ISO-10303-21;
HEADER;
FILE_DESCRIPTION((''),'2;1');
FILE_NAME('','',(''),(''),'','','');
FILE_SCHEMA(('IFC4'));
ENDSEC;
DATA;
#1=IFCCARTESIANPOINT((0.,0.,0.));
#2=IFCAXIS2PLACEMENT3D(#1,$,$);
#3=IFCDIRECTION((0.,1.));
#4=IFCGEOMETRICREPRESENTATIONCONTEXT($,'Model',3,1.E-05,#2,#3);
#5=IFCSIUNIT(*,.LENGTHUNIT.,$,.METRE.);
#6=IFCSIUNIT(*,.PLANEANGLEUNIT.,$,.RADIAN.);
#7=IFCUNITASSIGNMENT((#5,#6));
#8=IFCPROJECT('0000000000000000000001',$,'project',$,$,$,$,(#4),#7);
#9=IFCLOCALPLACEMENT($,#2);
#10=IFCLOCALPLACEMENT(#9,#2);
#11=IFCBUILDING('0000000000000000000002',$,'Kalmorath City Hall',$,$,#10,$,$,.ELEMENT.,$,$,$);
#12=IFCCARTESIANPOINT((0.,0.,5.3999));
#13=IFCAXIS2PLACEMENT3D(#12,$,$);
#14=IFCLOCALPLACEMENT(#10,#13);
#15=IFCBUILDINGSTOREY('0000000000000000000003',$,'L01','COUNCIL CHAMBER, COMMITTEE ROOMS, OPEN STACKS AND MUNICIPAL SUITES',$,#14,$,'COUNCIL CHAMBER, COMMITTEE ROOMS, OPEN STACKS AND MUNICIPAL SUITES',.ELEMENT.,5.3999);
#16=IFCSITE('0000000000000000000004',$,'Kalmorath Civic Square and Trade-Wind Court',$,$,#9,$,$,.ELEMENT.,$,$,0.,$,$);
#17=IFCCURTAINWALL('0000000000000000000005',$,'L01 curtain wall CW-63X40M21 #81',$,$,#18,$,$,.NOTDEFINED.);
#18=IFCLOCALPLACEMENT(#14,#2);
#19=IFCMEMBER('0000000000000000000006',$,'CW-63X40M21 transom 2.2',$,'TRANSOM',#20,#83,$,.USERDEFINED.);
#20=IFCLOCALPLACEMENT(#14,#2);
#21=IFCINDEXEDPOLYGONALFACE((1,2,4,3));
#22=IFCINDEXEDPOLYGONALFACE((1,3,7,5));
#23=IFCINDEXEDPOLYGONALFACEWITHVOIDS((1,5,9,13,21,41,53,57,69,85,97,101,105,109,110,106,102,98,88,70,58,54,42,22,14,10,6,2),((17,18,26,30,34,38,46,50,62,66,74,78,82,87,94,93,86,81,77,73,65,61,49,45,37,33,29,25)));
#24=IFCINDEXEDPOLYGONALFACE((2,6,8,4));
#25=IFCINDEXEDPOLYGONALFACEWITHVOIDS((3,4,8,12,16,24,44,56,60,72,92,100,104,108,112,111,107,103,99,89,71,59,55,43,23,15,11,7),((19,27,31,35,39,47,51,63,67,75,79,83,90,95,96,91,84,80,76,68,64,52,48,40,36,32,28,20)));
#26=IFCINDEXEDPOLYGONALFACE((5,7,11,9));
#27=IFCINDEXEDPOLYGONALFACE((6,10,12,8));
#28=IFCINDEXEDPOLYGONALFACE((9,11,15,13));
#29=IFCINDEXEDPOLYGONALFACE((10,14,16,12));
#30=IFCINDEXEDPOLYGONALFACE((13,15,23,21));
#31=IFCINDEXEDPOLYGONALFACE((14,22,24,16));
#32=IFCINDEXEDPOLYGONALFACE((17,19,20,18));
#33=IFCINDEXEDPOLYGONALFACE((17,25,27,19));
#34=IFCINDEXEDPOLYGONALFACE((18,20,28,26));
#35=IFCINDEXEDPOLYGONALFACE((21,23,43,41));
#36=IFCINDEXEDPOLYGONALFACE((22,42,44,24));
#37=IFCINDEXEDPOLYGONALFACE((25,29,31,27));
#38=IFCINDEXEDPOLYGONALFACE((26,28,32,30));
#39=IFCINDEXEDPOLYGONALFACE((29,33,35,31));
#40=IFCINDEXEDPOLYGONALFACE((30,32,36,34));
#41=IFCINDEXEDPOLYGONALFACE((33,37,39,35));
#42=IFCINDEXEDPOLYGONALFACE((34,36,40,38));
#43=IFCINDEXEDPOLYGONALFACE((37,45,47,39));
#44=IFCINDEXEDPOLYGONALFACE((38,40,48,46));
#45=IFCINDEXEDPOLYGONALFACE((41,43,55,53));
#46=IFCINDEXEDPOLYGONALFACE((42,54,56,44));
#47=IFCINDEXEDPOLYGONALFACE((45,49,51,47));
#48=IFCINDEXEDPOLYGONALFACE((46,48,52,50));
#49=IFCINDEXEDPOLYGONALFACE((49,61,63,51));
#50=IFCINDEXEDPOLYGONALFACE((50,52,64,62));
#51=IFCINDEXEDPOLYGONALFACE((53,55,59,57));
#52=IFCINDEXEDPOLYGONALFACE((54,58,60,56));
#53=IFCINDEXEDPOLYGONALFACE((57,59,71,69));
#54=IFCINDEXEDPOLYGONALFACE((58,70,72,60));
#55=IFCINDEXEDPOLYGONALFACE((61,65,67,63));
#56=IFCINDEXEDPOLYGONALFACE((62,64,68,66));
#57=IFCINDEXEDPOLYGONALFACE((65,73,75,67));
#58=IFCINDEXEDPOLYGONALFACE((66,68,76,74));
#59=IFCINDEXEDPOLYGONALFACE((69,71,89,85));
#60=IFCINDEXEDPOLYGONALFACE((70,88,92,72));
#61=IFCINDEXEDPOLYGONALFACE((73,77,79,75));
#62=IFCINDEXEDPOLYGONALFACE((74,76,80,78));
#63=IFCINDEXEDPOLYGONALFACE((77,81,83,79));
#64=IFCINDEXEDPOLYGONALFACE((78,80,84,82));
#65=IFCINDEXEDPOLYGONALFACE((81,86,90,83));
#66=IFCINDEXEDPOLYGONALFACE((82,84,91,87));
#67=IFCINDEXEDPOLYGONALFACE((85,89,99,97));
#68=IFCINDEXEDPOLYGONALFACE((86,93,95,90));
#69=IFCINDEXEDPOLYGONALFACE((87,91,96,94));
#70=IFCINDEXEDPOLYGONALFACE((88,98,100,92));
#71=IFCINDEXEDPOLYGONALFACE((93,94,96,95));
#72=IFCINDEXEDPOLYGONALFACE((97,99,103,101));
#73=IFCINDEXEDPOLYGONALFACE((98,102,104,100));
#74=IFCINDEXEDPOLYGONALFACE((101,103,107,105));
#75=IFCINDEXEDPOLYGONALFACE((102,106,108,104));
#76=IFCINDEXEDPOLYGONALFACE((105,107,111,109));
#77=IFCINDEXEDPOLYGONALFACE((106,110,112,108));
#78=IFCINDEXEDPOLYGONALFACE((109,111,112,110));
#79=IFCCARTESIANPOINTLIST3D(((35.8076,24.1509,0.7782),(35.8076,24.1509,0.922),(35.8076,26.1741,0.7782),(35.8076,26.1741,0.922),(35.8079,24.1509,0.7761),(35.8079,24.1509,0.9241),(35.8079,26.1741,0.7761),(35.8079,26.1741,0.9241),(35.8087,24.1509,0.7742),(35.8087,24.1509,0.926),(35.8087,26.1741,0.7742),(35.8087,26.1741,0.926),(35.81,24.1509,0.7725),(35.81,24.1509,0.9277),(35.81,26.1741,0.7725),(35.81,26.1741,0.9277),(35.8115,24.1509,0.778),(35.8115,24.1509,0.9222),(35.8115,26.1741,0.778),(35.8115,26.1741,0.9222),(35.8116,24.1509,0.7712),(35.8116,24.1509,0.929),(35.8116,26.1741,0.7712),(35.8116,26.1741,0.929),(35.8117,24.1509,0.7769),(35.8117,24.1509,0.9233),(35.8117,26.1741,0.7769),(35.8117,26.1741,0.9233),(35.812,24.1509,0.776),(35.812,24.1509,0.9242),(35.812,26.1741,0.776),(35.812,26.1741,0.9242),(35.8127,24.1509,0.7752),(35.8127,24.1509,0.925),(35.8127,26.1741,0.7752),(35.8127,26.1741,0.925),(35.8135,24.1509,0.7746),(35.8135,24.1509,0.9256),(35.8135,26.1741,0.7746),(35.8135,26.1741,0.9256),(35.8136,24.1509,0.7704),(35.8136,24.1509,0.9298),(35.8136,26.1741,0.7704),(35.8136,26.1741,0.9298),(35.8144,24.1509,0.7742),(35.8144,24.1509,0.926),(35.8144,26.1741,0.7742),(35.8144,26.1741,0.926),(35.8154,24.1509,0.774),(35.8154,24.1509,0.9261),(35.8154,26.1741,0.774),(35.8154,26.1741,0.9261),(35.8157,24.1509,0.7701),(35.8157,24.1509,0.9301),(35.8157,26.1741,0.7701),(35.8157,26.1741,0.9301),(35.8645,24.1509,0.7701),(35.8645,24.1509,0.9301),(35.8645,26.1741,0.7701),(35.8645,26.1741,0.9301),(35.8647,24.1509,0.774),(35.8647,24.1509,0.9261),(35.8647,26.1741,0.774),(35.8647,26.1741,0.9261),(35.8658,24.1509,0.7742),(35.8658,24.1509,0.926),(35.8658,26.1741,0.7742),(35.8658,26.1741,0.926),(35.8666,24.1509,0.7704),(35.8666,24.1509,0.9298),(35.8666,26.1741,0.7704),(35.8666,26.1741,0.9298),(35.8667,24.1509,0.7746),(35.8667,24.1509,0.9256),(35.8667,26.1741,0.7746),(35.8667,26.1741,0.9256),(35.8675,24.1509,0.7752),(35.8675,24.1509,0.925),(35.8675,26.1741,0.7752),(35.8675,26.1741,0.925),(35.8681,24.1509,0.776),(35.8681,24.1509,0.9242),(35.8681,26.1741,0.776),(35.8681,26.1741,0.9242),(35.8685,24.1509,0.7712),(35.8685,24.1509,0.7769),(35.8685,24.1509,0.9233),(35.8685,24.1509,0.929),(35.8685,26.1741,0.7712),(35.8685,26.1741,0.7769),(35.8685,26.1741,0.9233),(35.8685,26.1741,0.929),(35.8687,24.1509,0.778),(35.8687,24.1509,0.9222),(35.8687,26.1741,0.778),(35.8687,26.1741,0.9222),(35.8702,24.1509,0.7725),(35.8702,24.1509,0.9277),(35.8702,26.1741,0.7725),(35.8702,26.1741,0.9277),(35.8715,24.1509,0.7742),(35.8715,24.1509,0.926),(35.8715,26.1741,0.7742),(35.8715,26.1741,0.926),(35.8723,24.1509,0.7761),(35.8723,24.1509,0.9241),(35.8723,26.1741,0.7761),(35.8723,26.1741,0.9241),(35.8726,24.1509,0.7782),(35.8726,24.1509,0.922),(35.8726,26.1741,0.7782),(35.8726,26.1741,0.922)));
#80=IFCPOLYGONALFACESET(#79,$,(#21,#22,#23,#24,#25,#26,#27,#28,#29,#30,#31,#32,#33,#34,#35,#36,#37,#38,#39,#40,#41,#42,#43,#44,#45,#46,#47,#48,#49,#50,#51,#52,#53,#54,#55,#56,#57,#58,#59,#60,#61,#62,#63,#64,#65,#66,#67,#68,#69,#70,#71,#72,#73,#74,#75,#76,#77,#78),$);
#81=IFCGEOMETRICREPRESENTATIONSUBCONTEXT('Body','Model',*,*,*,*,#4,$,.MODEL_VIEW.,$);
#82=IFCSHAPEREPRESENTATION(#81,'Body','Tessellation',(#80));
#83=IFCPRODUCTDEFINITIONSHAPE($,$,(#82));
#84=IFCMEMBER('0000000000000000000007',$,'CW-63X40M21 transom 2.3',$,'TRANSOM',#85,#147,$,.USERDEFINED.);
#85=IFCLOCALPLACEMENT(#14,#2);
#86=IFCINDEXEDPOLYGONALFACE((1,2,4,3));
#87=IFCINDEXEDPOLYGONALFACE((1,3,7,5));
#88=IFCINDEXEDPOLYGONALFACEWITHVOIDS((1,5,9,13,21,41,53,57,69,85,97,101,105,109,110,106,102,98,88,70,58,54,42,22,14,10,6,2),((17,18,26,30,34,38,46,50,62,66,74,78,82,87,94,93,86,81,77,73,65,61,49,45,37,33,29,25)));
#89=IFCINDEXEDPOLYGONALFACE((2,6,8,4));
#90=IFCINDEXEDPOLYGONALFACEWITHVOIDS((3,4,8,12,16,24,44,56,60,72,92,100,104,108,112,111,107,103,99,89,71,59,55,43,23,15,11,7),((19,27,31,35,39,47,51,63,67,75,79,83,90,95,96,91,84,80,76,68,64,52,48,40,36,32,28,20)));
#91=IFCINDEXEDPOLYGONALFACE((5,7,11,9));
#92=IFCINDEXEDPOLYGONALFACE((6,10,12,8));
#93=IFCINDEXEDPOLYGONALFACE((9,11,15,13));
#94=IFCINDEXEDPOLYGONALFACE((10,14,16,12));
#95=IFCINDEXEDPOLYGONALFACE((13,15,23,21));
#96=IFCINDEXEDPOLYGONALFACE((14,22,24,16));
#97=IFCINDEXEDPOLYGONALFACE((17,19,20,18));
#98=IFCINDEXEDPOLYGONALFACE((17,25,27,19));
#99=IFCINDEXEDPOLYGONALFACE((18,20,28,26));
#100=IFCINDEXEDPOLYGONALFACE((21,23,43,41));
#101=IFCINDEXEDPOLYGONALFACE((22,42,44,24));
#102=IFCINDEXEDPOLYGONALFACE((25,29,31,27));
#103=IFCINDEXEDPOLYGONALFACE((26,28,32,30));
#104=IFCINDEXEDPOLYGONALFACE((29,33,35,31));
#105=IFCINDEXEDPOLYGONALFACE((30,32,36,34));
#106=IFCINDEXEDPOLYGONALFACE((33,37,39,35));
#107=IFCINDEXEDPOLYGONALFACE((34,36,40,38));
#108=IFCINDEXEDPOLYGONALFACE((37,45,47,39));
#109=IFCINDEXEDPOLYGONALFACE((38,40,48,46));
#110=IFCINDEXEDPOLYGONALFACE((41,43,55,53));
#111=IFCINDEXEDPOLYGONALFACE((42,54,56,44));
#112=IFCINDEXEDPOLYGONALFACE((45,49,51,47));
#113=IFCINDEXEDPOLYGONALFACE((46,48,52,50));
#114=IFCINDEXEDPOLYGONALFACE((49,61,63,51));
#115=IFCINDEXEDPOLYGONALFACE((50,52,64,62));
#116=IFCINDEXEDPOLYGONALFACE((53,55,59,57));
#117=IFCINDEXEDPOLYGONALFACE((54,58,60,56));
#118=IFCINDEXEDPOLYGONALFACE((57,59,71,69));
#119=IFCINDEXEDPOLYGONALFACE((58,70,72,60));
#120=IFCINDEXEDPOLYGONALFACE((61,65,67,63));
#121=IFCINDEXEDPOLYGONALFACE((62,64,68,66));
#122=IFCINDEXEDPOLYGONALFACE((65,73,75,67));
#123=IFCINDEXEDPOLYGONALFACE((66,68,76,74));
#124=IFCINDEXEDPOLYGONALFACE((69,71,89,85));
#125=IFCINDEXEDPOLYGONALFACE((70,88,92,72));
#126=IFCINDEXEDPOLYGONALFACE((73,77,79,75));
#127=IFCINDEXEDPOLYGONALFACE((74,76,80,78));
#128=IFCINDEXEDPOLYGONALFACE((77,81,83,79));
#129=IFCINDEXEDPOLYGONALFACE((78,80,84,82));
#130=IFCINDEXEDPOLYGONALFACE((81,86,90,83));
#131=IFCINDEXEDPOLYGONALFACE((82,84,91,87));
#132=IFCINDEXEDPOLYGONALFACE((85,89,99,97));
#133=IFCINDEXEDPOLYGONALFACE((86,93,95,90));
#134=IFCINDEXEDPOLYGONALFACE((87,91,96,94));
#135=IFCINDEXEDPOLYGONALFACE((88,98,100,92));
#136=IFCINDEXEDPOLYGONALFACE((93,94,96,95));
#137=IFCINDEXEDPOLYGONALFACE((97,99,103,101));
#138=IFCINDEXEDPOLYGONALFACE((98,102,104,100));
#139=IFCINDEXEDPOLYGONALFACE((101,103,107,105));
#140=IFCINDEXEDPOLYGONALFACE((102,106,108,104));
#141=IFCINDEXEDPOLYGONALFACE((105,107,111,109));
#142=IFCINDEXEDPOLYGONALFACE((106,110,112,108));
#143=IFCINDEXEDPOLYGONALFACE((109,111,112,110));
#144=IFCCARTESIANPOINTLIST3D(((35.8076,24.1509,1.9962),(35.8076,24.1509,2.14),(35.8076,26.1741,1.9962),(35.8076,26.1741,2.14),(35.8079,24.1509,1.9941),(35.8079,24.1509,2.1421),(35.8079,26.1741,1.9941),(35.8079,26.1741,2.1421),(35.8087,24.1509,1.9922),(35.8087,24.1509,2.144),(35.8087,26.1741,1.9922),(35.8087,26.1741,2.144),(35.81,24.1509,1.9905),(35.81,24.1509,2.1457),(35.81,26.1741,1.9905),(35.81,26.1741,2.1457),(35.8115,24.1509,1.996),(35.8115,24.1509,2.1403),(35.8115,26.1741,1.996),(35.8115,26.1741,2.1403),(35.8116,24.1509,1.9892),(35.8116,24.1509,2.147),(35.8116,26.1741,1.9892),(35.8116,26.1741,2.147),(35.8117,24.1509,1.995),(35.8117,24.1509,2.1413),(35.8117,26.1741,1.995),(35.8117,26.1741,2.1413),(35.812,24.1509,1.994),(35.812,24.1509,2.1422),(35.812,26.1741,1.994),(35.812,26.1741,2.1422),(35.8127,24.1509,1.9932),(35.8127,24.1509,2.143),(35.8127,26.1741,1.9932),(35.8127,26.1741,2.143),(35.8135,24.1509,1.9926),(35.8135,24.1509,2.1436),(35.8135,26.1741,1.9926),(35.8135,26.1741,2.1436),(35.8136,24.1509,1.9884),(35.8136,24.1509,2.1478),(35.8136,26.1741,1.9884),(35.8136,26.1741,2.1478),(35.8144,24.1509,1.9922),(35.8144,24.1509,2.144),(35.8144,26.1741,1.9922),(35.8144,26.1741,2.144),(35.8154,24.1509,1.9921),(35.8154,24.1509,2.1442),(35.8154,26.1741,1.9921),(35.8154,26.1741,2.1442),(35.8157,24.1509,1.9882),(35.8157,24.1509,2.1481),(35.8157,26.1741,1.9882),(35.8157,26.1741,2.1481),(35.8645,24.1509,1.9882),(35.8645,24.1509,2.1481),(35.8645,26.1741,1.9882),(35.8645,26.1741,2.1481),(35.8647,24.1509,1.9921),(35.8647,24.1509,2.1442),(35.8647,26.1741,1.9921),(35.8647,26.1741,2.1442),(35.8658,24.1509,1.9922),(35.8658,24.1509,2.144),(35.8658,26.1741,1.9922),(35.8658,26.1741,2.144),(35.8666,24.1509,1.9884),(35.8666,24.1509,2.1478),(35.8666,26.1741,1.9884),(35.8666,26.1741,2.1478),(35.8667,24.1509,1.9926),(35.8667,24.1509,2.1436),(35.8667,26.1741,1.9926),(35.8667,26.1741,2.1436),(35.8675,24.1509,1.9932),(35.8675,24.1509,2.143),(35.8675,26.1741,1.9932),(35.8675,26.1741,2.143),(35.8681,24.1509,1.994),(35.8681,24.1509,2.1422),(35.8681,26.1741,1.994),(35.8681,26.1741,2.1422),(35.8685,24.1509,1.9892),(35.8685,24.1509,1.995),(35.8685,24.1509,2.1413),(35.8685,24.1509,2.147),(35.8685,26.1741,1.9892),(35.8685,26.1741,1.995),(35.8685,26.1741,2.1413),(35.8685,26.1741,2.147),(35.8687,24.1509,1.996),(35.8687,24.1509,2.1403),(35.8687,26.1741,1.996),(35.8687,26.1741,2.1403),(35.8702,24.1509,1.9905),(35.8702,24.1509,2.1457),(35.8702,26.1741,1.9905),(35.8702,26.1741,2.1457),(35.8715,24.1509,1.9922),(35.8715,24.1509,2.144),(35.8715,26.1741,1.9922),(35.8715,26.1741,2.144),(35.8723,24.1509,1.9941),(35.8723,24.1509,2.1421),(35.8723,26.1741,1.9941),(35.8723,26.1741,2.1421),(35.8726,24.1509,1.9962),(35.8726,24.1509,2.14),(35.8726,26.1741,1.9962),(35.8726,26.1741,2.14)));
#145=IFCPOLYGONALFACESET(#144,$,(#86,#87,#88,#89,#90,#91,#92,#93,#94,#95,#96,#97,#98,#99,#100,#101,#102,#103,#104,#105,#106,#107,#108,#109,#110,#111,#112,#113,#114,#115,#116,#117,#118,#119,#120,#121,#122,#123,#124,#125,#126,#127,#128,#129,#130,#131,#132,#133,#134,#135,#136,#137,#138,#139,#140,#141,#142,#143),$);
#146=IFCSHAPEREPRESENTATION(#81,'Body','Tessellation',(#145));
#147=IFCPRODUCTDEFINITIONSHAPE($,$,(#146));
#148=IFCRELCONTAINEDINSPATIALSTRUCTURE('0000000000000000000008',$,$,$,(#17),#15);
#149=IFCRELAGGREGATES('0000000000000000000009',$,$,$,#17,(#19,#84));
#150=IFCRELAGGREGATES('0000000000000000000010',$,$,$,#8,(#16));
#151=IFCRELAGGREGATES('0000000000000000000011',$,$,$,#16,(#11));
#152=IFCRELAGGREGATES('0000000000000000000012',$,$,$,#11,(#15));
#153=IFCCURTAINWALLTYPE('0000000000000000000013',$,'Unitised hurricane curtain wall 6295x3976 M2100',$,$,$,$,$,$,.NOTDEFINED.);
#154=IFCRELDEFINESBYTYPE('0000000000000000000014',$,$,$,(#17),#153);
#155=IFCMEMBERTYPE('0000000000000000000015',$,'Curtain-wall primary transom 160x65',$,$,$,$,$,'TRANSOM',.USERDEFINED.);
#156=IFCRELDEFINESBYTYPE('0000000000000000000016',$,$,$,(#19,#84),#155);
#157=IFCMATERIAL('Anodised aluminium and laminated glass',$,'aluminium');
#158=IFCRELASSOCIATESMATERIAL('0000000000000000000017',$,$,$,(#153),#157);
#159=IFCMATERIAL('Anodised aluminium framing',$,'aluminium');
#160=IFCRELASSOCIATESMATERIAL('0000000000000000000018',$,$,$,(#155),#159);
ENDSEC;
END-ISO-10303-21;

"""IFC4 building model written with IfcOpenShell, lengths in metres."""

from ifc_helpers import new_model, si_unit, direction, frame, origin, origin_2d, place, context, subcontext, project, spatial, hollow_rectangle, extrude, material, material_profile, profile_set, type_object, element, aggregate, save


model = new_model("IFC4")

# Units and contexts
model_context = context("Model", 3, precision=1e-05, world=origin(), true_north=direction((0.0, 1.0)))
body_context = subcontext(model_context, "Body", "Model", "MODEL_VIEW")
ifc_project = project(units=[si_unit("LENGTHUNIT", "METRE"), si_unit("PLANEANGLEUNIT", "RADIAN")], contexts=[model_context])

# Site, building, storey
site_placement = place(None, origin())
site = spatial("IfcSite", under=ifc_project, at=site_placement, Name="Kalmorath Civic Square and Trade-Wind Court", CompositionType="ELEMENT", RefElevation=0.0)
building_placement = place(site_placement, origin())
building = spatial("IfcBuilding", under=site, at=building_placement, Name="Kalmorath City Hall", CompositionType="ELEMENT")
storey_placement = place(building_placement, frame((0.0, 0.0, 5.3999)))
storey = spatial("IfcBuildingStorey", under=building, at=storey_placement, Name="L01", Description="COUNCIL CHAMBER, COMMITTEE ROOMS, OPEN STACKS AND MUNICIPAL SUITES", LongName="COUNCIL CHAMBER, COMMITTEE ROOMS, OPEN STACKS AND MUNICIPAL SUITES", CompositionType="ELEMENT", Elevation=5.3999)

# Curtain wall, members
ifc_material_1 = material(Name="Anodised aluminium and laminated glass", Category="aluminium")
curtain_wall_type = type_object("IfcCurtainWallType", Name="Unitised hurricane curtain wall 6295x3976 M2100", PredefinedType="NOTDEFINED", material=ifc_material_1)
curtain_wall_placement = place(storey_placement, origin())
curtain_wall = element("IfcCurtainWall", 1, at=curtain_wall_placement, inside=storey, type_object=curtain_wall_type, Name="L01 curtain wall CW-63X40M21 #81", PredefinedType="NOTDEFINED")
ifc_material_2 = material(Name="Anodised aluminium framing", Category="aluminium")
ifc_material_profile_1 = material_profile(ifc_material_2, hollow_rectangle(XDim=0.0649, YDim=0.1599, WallThickness=0.0039, InnerFilletRadius=0.0039, OuterFilletRadius=0.0081, at=origin_2d()), Name="ALU-TRN-160X65X4")
ifc_profile_set_1 = profile_set([ifc_material_profile_1], Name="Anodised aluminium framing")
member_type_1 = type_object("IfcMemberType", Name="Curtain-wall primary transom 160x65", ElementType="TRANSOM", PredefinedType="USERDEFINED", material=ifc_profile_set_1)
member_1_placement = place(storey_placement, frame((35.8401, 26.1741, 0.8501), z_axis=(0.0, -1.0, 0.0), x_axis=(1.0, 0.0, 0.0)))
member_1 = element("IfcMember", 2, at=member_1_placement, type_object=member_type_1, Name="CW-63X40M21 transom 2.2", ObjectType="TRANSOM", PredefinedType="USERDEFINED", context=body_context, shape_type="SweptSolid", body=[
    extrude(hollow_rectangle(XDim=0.0649, YDim=0.1599, WallThickness=0.0039, InnerFilletRadius=0.0039, OuterFilletRadius=0.0081, at=origin_2d()), origin(), (0.0, 0.0, 1.0), 2.0232),
])
member_2_placement = place(storey_placement, frame((35.8401, 26.1741, 2.0681), z_axis=(0.0, -1.0, 0.0), x_axis=(1.0, 0.0, 0.0)))
member_2 = element("IfcMember", 3, at=member_2_placement, type_object=member_type_1, Name="CW-63X40M21 transom 2.3", ObjectType="TRANSOM", PredefinedType="USERDEFINED", context=body_context, shape_type="SweptSolid", body=[
    extrude(hollow_rectangle(XDim=0.0649, YDim=0.1599, WallThickness=0.0039, InnerFilletRadius=0.0039, OuterFilletRadius=0.0081, at=origin_2d()), origin(), (0.0, 0.0, 1.0), 2.0232),
])
aggregate(curtain_wall, [member_1, member_2])

save(model, "model.ifc")
